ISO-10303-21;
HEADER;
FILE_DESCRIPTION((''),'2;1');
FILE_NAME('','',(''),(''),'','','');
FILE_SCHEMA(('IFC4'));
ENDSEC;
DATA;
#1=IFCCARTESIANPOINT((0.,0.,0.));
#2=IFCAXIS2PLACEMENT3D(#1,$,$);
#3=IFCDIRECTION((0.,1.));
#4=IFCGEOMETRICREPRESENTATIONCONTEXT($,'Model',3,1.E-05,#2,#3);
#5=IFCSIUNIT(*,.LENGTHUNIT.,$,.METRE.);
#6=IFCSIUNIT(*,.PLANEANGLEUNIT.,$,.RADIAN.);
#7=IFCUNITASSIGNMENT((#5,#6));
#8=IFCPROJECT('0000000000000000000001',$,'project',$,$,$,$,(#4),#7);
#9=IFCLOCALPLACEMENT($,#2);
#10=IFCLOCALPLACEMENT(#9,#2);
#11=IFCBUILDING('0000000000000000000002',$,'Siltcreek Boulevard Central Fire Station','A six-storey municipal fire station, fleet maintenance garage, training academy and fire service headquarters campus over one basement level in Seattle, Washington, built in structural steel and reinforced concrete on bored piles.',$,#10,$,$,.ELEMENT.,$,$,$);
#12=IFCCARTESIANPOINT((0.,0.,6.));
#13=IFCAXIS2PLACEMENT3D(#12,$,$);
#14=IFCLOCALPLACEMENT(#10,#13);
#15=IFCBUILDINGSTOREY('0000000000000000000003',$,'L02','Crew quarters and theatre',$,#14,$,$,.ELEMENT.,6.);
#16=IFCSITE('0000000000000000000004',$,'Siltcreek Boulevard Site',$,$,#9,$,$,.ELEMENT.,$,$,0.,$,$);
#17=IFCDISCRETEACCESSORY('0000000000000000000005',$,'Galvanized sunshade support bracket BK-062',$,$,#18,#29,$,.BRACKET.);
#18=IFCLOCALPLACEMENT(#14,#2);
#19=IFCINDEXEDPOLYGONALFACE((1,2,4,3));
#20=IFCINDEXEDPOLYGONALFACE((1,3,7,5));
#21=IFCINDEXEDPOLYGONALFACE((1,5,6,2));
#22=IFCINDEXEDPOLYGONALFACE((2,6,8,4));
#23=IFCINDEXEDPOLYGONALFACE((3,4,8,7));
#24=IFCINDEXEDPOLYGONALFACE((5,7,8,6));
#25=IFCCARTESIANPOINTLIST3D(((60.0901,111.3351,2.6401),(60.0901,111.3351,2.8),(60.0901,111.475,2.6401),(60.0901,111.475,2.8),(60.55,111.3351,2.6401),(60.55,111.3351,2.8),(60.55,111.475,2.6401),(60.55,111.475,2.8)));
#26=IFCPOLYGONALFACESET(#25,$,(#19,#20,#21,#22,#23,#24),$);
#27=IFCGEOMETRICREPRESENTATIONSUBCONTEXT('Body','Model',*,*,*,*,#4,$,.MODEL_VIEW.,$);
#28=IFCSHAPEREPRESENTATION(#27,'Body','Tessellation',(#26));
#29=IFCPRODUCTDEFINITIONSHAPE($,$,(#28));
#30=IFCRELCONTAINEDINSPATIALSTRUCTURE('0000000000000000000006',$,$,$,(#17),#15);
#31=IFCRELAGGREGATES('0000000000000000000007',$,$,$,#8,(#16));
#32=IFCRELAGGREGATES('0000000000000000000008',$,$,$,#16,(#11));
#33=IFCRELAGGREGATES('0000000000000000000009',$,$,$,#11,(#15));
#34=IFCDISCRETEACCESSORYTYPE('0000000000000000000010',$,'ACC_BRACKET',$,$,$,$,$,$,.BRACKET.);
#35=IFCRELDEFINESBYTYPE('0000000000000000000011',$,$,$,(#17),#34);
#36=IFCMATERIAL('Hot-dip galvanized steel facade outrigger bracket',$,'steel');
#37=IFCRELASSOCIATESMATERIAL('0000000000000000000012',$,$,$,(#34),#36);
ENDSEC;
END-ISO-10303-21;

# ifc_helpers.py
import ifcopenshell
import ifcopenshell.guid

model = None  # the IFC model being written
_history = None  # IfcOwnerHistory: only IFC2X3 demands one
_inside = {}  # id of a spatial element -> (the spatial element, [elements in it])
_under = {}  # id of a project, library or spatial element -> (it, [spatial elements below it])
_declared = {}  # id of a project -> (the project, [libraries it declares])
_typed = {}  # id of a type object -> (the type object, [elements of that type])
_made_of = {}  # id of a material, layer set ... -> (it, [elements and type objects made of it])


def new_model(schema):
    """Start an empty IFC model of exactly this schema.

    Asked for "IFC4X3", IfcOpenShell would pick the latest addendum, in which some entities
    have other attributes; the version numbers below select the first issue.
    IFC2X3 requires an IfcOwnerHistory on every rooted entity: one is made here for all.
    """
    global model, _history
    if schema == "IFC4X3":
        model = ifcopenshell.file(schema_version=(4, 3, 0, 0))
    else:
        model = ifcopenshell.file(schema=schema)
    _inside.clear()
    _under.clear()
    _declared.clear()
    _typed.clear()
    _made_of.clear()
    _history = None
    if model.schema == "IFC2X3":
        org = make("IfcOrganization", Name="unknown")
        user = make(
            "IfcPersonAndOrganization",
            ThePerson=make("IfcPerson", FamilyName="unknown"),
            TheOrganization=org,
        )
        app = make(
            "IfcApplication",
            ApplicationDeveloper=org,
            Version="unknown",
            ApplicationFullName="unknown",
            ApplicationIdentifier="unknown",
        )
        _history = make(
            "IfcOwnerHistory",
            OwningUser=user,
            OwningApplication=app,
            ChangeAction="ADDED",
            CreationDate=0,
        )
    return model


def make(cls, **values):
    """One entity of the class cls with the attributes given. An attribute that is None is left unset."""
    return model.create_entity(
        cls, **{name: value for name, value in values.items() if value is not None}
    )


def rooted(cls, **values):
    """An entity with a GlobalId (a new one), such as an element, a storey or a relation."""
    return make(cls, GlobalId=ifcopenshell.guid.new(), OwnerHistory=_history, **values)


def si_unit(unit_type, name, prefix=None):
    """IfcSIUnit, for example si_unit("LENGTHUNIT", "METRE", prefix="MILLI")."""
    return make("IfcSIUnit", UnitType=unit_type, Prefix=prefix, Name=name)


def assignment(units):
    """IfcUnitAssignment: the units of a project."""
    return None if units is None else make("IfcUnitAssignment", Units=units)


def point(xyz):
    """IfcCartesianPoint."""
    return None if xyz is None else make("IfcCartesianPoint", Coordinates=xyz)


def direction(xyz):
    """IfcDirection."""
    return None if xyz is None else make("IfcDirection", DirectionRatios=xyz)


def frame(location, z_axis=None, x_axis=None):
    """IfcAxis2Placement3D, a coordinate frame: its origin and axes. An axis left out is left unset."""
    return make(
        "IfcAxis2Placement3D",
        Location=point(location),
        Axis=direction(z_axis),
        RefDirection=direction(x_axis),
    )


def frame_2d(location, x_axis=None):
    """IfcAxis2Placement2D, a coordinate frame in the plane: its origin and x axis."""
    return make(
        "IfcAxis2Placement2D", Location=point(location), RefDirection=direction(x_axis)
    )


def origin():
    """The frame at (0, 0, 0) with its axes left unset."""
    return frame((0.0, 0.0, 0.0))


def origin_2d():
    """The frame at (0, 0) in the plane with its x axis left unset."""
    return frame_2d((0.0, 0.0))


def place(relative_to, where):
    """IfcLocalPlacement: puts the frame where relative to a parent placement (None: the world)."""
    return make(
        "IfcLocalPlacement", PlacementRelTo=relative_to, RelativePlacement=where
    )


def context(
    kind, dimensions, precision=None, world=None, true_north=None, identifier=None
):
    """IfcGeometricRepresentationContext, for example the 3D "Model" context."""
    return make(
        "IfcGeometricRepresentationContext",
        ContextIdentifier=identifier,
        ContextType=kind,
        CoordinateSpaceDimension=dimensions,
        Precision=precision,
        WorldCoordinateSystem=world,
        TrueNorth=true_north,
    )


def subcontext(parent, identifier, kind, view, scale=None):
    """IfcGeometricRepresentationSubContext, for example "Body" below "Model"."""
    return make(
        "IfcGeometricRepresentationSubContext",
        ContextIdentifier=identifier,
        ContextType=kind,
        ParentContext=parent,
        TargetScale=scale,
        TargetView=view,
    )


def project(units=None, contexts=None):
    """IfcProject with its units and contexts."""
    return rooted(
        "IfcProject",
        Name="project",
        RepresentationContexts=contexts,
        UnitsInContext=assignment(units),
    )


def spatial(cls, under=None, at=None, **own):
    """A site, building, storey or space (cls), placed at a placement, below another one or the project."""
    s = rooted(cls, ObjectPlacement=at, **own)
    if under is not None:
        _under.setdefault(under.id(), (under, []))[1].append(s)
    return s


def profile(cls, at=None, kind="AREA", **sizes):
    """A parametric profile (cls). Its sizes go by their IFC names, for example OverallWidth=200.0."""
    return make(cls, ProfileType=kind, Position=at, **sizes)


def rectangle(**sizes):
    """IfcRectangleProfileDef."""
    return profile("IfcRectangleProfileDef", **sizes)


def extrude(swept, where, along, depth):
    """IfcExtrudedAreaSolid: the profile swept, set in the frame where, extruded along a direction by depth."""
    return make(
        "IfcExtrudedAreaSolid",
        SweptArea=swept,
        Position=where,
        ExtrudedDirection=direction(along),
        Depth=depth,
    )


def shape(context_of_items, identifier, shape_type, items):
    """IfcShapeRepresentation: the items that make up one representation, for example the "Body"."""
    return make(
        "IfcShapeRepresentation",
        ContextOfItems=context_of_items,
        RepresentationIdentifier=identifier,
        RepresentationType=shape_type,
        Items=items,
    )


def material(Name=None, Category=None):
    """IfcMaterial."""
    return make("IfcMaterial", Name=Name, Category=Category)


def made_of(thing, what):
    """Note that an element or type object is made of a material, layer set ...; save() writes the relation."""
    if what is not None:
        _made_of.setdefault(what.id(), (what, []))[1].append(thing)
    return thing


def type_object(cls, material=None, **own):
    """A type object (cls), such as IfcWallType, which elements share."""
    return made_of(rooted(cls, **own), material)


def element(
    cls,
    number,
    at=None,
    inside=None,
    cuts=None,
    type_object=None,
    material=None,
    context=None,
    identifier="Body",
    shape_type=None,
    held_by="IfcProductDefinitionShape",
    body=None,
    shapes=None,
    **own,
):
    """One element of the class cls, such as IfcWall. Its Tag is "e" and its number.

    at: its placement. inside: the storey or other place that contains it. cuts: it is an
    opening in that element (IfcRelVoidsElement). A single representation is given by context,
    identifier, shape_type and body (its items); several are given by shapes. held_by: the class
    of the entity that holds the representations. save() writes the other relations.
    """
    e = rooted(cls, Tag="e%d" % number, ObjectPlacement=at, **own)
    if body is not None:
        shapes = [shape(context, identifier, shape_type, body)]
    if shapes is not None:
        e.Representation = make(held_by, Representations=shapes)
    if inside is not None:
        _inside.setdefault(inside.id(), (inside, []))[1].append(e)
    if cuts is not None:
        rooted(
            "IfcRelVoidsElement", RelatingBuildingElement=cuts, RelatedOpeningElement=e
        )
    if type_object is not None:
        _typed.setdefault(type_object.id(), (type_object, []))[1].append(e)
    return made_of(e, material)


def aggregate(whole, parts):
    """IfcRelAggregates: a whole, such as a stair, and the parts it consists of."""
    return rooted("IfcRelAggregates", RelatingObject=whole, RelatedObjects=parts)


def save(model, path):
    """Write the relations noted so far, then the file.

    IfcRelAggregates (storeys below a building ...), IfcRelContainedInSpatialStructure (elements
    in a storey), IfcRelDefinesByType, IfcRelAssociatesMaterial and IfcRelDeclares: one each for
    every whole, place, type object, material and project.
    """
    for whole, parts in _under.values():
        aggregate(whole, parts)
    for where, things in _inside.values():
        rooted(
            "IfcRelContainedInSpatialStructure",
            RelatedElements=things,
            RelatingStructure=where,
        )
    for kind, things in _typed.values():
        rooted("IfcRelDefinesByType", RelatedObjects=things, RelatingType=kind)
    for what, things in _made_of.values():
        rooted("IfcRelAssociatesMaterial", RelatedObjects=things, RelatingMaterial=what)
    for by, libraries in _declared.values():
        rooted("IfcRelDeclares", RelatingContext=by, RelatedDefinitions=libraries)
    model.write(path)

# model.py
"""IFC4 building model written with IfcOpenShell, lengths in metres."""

from ifc_helpers import new_model, si_unit, direction, frame, origin, origin_2d, place, context, subcontext, project, spatial, rectangle, extrude, material, type_object, element, save


model = new_model("IFC4")

# Units and contexts
model_context = context("Model", 3, precision=1e-05, world=origin(), true_north=direction((0.0, 1.0)))
body_context = subcontext(model_context, "Body", "Model", "MODEL_VIEW")
ifc_project = project(units=[si_unit("LENGTHUNIT", "METRE"), si_unit("PLANEANGLEUNIT", "RADIAN")], contexts=[model_context])

# Site, building, storey
site_placement = place(None, origin())
site = spatial("IfcSite", under=ifc_project, at=site_placement, Name="Siltcreek Boulevard Site", CompositionType="ELEMENT", RefElevation=0.0)
building_placement = place(site_placement, origin())
building = spatial("IfcBuilding", under=site, at=building_placement, Name="Siltcreek Boulevard Central Fire Station", Description="A six-storey municipal fire station, fleet maintenance garage, training academy and fire service headquarters campus over one basement level in Seattle, Washington, built in structural steel and reinforced concrete on bored piles.", CompositionType="ELEMENT")
storey_placement = place(building_placement, frame((0.0, 0.0, 6.0)))
storey = spatial("IfcBuildingStorey", under=building, at=storey_placement, Name="L02", Description="Crew quarters and theatre", CompositionType="ELEMENT", Elevation=6.0)

# Discrete accessory
ifc_material_1 = material(Name="Hot-dip galvanized steel facade outrigger bracket", Category="steel")
discrete_accessory_type = type_object("IfcDiscreteAccessoryType", Name="ACC_BRACKET", PredefinedType="BRACKET", material=ifc_material_1)
for number, where, z_axis, x_axis, name in (
    (1, (60.3201, 111.405, 2.6401), (0.0, 0.0, 1.0), (0.0, 1.0, 0.0), "Galvanized sunshade support bracket BK-062"),
):
    element("IfcDiscreteAccessory", number, at=place(storey_placement, frame(where, z_axis=z_axis, x_axis=x_axis)), inside=storey, type_object=discrete_accessory_type, Name=name, PredefinedType="BRACKET", context=body_context, shape_type="SweptSolid", body=[
        extrude(rectangle(XDim=0.1399, YDim=0.46, at=origin_2d()), origin(), (0.0, 0.0, 1.0), 0.1599),
    ])

save(model, "model.ifc")
